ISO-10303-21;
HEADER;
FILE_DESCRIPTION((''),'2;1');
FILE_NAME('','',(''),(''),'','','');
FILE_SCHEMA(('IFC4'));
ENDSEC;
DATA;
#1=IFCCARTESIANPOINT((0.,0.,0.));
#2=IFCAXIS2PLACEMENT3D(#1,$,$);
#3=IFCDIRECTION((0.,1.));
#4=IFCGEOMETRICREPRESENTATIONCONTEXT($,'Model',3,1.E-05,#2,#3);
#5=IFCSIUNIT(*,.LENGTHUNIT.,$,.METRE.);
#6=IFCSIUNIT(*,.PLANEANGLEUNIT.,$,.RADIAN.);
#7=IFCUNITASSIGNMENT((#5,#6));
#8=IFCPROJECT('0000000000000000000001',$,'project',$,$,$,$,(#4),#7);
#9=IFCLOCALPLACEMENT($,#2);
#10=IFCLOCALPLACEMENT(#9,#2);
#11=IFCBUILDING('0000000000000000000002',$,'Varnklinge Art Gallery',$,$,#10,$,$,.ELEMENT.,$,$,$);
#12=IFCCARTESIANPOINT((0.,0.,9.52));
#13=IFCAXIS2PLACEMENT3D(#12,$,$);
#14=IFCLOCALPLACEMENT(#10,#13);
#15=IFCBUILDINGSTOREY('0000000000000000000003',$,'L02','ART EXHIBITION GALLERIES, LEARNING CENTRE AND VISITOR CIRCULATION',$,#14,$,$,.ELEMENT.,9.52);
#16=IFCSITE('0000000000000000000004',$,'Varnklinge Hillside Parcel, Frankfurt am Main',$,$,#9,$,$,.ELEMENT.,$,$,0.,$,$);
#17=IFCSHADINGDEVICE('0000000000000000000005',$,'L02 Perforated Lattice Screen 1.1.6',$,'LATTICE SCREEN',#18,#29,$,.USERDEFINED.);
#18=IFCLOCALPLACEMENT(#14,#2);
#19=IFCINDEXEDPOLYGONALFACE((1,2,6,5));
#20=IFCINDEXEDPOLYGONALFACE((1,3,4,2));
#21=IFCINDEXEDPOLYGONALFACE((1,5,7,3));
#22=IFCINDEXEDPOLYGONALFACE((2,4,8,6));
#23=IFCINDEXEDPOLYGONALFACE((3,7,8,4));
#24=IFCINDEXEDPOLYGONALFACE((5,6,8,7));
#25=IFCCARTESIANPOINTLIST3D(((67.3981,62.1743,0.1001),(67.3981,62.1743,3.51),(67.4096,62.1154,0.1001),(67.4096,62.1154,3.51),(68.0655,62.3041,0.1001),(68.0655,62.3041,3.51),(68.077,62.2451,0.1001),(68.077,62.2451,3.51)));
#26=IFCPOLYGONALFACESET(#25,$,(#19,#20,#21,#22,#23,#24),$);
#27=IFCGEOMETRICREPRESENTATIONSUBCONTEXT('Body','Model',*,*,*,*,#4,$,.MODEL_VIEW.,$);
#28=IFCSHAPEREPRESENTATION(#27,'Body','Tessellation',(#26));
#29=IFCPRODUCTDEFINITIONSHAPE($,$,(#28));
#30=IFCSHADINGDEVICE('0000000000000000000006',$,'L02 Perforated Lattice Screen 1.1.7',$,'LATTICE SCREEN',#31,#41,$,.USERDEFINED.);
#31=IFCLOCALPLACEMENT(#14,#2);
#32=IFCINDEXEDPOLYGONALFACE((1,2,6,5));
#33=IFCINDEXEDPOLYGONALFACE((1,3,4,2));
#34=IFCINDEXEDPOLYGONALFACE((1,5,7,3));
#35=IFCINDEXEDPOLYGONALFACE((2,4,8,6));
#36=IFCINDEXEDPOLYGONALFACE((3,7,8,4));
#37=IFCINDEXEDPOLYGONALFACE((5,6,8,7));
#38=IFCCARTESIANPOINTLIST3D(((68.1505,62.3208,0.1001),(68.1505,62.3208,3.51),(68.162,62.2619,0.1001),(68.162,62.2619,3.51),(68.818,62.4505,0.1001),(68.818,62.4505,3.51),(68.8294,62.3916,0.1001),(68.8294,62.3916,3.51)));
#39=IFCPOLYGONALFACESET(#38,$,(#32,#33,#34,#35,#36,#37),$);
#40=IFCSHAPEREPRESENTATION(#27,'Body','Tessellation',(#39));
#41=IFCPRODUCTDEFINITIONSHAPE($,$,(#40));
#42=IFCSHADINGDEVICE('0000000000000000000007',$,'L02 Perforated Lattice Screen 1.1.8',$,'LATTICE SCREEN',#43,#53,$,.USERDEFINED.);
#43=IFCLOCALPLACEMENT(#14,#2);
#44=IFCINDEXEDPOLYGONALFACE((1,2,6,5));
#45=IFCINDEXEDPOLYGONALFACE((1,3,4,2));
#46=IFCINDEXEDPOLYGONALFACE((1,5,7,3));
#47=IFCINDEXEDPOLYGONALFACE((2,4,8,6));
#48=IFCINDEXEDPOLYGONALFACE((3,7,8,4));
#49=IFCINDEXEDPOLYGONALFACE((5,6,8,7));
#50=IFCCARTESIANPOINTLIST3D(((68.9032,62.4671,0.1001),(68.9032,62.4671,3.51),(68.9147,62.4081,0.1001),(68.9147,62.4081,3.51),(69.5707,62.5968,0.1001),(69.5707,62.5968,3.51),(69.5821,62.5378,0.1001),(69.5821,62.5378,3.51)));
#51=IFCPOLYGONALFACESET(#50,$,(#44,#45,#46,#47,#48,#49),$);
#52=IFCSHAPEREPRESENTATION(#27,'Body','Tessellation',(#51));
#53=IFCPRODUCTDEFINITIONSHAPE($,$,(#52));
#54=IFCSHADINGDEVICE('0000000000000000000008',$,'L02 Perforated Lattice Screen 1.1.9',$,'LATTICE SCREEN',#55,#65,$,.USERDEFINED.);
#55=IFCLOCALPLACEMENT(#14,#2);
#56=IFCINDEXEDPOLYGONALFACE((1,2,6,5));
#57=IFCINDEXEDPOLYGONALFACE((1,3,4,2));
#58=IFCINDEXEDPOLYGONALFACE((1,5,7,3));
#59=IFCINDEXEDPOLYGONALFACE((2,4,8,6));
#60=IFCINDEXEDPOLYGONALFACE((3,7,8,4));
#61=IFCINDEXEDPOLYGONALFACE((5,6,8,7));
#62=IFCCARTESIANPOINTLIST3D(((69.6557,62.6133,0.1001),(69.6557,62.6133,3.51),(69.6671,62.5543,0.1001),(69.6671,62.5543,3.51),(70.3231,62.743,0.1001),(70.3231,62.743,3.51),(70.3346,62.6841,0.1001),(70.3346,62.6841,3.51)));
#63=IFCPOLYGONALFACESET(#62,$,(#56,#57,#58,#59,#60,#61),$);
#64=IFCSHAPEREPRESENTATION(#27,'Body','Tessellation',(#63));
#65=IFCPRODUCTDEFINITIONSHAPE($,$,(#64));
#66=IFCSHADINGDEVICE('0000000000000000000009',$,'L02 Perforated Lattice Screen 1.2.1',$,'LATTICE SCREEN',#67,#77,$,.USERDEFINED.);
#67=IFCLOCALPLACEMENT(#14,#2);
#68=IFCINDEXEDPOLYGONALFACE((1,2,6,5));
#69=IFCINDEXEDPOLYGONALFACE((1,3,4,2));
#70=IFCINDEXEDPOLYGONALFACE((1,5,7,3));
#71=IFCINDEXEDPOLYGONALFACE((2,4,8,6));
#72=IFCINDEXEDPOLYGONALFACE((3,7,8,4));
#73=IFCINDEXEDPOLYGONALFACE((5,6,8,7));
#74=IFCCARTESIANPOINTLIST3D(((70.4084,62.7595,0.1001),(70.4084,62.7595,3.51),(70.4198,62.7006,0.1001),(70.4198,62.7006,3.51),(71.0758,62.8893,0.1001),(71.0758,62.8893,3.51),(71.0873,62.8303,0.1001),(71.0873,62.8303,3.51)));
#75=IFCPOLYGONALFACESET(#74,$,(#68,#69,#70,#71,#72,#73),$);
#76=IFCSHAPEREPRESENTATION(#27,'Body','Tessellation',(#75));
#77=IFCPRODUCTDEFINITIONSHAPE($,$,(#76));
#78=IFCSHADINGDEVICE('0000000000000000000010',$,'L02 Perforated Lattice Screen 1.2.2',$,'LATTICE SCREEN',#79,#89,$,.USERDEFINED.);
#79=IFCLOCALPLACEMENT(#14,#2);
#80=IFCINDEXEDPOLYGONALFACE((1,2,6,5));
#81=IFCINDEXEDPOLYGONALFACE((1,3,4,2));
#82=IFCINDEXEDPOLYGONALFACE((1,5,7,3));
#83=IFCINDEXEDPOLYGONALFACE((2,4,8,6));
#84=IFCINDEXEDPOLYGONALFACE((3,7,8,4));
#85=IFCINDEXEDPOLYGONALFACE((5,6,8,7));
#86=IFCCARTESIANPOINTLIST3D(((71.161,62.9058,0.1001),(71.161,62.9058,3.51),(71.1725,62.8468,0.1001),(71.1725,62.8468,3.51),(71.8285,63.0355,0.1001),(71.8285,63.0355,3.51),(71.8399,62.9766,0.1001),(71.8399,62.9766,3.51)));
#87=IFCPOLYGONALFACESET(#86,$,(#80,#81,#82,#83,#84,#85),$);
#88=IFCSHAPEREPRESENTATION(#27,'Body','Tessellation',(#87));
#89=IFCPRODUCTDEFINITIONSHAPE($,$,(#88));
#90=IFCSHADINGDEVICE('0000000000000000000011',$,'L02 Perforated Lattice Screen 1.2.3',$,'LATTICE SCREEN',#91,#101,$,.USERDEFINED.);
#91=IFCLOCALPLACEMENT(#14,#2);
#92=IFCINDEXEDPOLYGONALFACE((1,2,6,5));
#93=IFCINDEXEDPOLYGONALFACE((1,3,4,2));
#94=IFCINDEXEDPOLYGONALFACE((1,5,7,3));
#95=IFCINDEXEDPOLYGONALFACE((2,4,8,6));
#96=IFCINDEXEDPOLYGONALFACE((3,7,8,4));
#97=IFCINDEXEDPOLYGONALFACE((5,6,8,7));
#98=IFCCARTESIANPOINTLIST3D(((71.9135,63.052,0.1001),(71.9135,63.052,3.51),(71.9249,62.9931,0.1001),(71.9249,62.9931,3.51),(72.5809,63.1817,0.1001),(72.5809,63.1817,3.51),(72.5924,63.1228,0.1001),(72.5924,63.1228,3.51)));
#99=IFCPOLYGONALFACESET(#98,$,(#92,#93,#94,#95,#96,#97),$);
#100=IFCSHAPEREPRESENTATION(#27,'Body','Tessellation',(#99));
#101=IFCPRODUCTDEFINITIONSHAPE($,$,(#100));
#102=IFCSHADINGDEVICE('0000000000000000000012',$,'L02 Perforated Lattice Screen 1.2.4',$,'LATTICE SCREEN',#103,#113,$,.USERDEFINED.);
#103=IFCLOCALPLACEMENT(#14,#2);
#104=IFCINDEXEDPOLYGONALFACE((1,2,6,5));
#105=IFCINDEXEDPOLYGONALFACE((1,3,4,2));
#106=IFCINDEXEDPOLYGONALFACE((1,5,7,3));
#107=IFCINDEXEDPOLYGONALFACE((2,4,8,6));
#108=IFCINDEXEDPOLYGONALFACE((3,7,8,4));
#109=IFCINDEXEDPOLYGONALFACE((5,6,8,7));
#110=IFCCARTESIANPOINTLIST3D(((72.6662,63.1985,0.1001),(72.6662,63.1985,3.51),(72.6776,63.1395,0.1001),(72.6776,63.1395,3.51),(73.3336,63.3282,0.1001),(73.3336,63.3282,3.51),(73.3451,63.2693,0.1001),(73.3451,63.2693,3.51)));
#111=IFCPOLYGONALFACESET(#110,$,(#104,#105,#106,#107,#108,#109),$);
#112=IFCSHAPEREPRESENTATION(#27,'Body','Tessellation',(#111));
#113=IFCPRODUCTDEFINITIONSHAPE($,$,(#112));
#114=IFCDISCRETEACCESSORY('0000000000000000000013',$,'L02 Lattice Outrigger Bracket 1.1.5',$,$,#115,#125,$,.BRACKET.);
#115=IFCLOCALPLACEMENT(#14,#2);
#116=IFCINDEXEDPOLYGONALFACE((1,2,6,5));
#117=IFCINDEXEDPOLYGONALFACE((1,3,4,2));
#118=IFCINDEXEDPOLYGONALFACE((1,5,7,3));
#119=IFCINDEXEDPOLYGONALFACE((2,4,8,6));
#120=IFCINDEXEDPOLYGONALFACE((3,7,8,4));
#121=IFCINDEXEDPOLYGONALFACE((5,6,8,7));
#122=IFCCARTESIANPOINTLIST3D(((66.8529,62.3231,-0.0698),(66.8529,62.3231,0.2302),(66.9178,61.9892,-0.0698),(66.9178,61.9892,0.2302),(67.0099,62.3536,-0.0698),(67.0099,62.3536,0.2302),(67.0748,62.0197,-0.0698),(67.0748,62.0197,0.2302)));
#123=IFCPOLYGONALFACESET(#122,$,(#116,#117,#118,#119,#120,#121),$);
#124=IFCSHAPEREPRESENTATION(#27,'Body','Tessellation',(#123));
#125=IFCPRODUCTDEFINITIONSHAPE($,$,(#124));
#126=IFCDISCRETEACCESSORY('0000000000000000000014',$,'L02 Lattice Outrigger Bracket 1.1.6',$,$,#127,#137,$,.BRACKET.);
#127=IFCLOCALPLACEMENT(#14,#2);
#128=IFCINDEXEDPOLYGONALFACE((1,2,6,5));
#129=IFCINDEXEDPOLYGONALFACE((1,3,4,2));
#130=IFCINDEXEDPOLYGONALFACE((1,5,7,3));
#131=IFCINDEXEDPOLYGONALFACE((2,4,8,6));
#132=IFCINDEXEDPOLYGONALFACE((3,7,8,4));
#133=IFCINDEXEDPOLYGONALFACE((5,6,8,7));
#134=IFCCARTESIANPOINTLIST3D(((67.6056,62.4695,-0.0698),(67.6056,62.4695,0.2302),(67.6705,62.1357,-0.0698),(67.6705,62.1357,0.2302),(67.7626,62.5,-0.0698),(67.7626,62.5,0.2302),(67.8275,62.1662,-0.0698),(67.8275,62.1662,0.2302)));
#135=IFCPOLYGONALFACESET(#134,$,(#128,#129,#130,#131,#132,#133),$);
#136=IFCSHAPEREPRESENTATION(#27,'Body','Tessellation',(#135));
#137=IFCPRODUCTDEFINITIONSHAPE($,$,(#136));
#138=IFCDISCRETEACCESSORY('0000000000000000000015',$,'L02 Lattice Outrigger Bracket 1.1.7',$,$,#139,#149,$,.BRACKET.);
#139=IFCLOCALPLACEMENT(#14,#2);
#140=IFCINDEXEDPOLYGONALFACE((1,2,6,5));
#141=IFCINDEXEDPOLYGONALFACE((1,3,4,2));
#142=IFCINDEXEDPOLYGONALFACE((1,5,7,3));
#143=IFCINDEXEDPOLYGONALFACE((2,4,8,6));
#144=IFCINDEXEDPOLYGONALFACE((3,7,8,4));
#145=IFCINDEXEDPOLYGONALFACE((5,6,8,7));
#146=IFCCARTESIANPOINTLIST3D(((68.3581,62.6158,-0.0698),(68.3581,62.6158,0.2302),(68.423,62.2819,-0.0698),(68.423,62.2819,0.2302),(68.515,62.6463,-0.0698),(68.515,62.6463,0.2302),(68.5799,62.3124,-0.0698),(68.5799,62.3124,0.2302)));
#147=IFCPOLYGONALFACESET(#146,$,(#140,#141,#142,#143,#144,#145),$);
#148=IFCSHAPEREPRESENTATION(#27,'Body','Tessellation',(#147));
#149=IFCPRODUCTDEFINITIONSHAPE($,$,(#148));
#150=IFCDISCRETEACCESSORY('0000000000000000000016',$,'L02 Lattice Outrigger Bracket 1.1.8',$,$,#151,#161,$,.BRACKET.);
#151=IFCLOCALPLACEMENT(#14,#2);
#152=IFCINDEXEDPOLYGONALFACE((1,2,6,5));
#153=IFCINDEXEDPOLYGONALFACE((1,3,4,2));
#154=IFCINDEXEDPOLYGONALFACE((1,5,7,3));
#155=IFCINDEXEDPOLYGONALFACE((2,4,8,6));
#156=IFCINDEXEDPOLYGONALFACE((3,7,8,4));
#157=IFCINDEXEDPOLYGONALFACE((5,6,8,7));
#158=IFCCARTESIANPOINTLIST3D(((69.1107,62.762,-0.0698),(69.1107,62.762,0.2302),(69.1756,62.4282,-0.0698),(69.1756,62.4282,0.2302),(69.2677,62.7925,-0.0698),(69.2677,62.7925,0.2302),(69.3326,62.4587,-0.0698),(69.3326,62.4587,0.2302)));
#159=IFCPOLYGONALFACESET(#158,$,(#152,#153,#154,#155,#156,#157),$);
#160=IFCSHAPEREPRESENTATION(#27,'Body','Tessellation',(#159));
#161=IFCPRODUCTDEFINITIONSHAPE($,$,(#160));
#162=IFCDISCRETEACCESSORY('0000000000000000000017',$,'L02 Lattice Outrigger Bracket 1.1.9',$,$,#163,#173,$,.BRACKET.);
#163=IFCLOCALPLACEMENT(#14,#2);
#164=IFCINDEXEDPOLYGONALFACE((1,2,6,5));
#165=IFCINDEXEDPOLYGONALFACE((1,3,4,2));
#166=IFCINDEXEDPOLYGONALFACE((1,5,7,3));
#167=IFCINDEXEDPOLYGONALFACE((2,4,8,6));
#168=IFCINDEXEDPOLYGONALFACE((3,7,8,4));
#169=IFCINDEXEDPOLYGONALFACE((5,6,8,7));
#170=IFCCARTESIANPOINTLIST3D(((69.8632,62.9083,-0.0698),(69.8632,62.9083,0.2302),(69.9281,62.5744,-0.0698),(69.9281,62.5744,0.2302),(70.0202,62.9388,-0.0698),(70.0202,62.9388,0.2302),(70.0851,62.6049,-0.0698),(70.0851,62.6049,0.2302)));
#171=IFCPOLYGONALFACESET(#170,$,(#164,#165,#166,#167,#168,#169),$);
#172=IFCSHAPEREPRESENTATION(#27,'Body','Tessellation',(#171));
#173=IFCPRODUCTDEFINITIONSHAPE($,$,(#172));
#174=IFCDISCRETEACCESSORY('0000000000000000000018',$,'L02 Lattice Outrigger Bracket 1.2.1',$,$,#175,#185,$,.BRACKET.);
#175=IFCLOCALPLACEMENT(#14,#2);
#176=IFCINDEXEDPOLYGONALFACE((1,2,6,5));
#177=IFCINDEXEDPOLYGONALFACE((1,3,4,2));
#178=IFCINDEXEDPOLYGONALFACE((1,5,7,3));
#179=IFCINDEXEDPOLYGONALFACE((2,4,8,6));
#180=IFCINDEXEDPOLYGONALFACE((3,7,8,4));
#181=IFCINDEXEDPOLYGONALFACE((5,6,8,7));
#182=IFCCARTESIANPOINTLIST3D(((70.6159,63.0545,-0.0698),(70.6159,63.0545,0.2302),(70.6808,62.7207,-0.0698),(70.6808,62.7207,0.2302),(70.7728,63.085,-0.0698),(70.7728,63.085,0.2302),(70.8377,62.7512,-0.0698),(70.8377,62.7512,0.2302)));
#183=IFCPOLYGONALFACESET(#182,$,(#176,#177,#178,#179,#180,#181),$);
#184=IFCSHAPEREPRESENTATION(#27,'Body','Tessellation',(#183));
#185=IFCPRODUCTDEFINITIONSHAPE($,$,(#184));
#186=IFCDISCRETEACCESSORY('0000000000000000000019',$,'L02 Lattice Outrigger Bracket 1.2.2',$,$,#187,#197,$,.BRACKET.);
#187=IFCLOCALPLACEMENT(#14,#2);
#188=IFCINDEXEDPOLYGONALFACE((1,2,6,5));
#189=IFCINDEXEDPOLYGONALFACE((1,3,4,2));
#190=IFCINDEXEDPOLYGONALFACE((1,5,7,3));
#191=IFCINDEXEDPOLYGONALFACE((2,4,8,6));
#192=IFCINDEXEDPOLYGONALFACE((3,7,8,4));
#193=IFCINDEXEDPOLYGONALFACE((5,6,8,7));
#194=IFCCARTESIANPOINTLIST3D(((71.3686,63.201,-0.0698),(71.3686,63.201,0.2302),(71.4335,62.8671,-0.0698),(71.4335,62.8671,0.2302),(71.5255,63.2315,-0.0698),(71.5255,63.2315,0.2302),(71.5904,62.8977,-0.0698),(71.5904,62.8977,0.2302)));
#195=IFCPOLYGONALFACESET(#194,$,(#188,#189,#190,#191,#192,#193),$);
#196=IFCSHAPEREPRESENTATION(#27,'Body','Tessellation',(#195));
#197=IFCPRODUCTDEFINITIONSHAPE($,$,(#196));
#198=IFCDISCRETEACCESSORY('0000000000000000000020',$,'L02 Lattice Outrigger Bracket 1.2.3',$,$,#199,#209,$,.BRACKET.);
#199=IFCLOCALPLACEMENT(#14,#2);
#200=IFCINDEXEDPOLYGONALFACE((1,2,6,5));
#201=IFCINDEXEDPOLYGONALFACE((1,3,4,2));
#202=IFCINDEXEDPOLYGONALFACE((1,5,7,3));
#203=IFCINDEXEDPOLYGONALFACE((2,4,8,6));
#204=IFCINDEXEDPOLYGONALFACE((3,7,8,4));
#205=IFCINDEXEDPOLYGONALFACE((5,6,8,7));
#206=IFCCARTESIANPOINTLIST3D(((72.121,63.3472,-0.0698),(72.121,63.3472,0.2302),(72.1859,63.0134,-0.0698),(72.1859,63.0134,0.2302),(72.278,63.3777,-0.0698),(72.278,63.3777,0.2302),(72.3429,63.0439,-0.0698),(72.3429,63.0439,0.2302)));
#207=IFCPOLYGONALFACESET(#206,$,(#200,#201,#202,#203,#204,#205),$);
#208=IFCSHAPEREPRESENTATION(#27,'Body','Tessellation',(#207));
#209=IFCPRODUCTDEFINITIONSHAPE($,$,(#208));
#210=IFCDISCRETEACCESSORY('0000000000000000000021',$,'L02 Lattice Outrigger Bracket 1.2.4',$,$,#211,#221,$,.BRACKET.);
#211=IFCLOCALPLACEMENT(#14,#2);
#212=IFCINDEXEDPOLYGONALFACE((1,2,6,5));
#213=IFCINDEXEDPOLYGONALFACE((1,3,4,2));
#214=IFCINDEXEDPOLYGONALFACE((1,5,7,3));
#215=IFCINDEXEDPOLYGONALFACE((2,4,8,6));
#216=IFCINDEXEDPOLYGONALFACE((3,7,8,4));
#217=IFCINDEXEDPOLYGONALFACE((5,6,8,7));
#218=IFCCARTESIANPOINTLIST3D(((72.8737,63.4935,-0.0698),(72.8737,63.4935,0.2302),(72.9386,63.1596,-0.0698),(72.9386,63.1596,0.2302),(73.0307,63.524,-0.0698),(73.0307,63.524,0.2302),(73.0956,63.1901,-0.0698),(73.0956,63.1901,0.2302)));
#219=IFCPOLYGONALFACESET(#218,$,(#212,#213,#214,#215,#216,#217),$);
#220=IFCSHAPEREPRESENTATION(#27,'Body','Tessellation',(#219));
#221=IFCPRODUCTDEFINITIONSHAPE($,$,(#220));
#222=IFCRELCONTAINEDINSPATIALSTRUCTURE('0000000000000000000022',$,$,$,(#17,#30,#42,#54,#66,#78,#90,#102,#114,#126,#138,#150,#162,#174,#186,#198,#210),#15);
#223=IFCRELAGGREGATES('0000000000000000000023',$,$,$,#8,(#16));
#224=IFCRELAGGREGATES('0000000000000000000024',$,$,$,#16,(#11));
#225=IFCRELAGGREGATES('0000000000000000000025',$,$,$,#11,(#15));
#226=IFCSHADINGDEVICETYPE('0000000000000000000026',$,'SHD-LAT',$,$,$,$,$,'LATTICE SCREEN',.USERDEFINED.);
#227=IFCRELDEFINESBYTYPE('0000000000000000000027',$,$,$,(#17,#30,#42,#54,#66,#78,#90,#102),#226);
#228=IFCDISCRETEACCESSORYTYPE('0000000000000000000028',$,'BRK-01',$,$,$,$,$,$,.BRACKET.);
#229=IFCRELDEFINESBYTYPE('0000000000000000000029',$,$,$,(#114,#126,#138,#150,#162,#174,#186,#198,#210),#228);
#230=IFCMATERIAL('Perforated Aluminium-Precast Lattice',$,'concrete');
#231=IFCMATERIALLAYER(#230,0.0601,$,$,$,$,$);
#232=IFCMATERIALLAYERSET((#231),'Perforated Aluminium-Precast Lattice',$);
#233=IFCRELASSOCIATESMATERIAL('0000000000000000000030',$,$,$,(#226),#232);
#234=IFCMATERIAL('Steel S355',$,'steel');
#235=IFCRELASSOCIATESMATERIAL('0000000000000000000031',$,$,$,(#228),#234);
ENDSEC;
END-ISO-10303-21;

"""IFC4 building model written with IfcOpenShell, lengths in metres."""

from ifc_helpers import new_model, si_unit, direction, frame, origin, origin_2d, place, context, subcontext, project, spatial, rectangle, extrude, material, layer, layer_set, type_object, element, save


model = new_model("IFC4")

# Units and contexts
model_context = context("Model", 3, precision=1e-05, world=origin(), true_north=direction((0.0, 1.0)))
body_context = subcontext(model_context, "Body", "Model", "MODEL_VIEW")
ifc_project = project(units=[si_unit("LENGTHUNIT", "METRE"), si_unit("PLANEANGLEUNIT", "RADIAN")], contexts=[model_context])

# Site, building, storey
site_placement = place(None, origin())
site = spatial("IfcSite", under=ifc_project, at=site_placement, Name="Varnklinge Hillside Parcel, Frankfurt am Main", CompositionType="ELEMENT", RefElevation=0.0)
building_placement = place(site_placement, origin())
building = spatial("IfcBuilding", under=site, at=building_placement, Name="Varnklinge Art Gallery", CompositionType="ELEMENT")
storey_placement = place(building_placement, frame((0.0, 0.0, 9.52)))
storey = spatial("IfcBuildingStorey", under=building, at=storey_placement, Name="L02", Description="ART EXHIBITION GALLERIES, LEARNING CENTRE AND VISITOR CIRCULATION", CompositionType="ELEMENT", Elevation=9.52)

# Shading devices
ifc_material_1 = material(Name="Perforated Aluminium-Precast Lattice", Category="concrete")
ifc_layer_1 = layer(ifc_material_1, 0.0601)
ifc_layer_set_1 = layer_set([ifc_layer_1], Name="Perforated Aluminium-Precast Lattice")
shading_device_type = type_object("IfcShadingDeviceType", Name="SHD-LAT", ElementType="LATTICE SCREEN", PredefinedType="USERDEFINED", material=ifc_layer_set_1)
for number, where, z_axis, x_axis, name in (
    (1, (67.7375, 62.2097, 0.1001), (0.0, 0.0, 1.0), (0.981627, 0.190809, 0.0), "L02 Perforated Lattice Screen 1.1.6"),
    (2, (68.49, 62.3562, 0.1001), (0.0, 0.0, 1.0), (0.981627, 0.190809, 0.0), "L02 Perforated Lattice Screen 1.1.7"),
    (3, (69.2427, 62.5024, 0.1001), (0.0, 0.0, 1.0), (0.981627, 0.190809, 0.0), "L02 Perforated Lattice Screen 1.1.8"),
    (4, (69.9951, 62.6487, 0.1001), (0.0, 0.0, 1.0), (0.981627, 0.190809, 0.0), "L02 Perforated Lattice Screen 1.1.9"),
    (5, (70.7478, 62.7949, 0.1001), (0.0, 0.0, 1.0), (0.981627, 0.190809, 0.0), "L02 Perforated Lattice Screen 1.2.1"),
    (6, (71.5005, 62.9412, 0.1001), (0.0, 0.0, 1.0), (0.981627, 0.190809, 0.0), "L02 Perforated Lattice Screen 1.2.2"),
    (7, (72.2529, 63.0874, 0.1001), (0.0, 0.0, 1.0), (0.981627, 0.190809, 0.0), "L02 Perforated Lattice Screen 1.2.3"),
    (8, (73.0056, 63.2339, 0.1001), (0.0, 0.0, 1.0), (0.981627, 0.190809, 0.0), "L02 Perforated Lattice Screen 1.2.4"),
):
    element("IfcShadingDevice", number, at=place(storey_placement, frame(where, z_axis=z_axis, x_axis=x_axis)), inside=storey, type_object=shading_device_type, Name=name, ObjectType="LATTICE SCREEN", PredefinedType="USERDEFINED", context=body_context, shape_type="SweptSolid", body=[
        extrude(rectangle(XDim=0.6799, YDim=0.0601, at=origin_2d()), origin(), (0.0, 0.0, 1.0), 3.4099),
    ])

# Discrete accessories
ifc_material_2 = material(Name="Steel S355", Category="steel")
discrete_accessory_type = type_object("IfcDiscreteAccessoryType", Name="BRK-01", PredefinedType="BRACKET", material=ifc_material_2)
for number, where, z_axis, x_axis, name in (
    (9, (66.9639, 62.1714, -0.0698), (0.0, 0.0, 1.0), (0.981627, 0.190809, 0.0), "L02 Lattice Outrigger Bracket 1.1.5"),
    (10, (67.7166, 62.3179, -0.0698), (0.0, 0.0, 1.0), (0.981627, 0.190809, 0.0), "L02 Lattice Outrigger Bracket 1.1.6"),
    (11, (68.469, 62.4641, -0.0698), (0.0, 0.0, 1.0), (0.981627, 0.190809, 0.0), "L02 Lattice Outrigger Bracket 1.1.7"),
    (12, (69.2217, 62.6104, -0.0698), (0.0, 0.0, 1.0), (0.981627, 0.190809, 0.0), "L02 Lattice Outrigger Bracket 1.1.8"),
    (13, (69.9741, 62.7566, -0.0698), (0.0, 0.0, 1.0), (0.981627, 0.190809, 0.0), "L02 Lattice Outrigger Bracket 1.1.9"),
    (14, (70.7268, 62.9028, -0.0698), (0.0, 0.0, 1.0), (0.981627, 0.190809, 0.0), "L02 Lattice Outrigger Bracket 1.2.1"),
    (15, (71.4795, 63.0493, -0.0698), (0.0, 0.0, 1.0), (0.981627, 0.190809, 0.0), "L02 Lattice Outrigger Bracket 1.2.2"),
    (16, (72.2319, 63.1956, -0.0698), (0.0, 0.0, 1.0), (0.981627, 0.190809, 0.0), "L02 Lattice Outrigger Bracket 1.2.3"),
    (17, (72.9846, 63.3418, -0.0698), (0.0, 0.0, 1.0), (0.981627, 0.190809, 0.0), "L02 Lattice Outrigger Bracket 1.2.4"),
):
    element("IfcDiscreteAccessory", number, at=place(storey_placement, frame(where, z_axis=z_axis, x_axis=x_axis)), inside=storey, type_object=discrete_accessory_type, Name=name, PredefinedType="BRACKET", context=body_context, shape_type="SweptSolid", body=[
        extrude(rectangle(XDim=0.1599, YDim=0.3401, at=origin_2d()), origin(), (0.0, 0.0, 1.0), 0.3),
    ])

save(model, "model.ifc")
